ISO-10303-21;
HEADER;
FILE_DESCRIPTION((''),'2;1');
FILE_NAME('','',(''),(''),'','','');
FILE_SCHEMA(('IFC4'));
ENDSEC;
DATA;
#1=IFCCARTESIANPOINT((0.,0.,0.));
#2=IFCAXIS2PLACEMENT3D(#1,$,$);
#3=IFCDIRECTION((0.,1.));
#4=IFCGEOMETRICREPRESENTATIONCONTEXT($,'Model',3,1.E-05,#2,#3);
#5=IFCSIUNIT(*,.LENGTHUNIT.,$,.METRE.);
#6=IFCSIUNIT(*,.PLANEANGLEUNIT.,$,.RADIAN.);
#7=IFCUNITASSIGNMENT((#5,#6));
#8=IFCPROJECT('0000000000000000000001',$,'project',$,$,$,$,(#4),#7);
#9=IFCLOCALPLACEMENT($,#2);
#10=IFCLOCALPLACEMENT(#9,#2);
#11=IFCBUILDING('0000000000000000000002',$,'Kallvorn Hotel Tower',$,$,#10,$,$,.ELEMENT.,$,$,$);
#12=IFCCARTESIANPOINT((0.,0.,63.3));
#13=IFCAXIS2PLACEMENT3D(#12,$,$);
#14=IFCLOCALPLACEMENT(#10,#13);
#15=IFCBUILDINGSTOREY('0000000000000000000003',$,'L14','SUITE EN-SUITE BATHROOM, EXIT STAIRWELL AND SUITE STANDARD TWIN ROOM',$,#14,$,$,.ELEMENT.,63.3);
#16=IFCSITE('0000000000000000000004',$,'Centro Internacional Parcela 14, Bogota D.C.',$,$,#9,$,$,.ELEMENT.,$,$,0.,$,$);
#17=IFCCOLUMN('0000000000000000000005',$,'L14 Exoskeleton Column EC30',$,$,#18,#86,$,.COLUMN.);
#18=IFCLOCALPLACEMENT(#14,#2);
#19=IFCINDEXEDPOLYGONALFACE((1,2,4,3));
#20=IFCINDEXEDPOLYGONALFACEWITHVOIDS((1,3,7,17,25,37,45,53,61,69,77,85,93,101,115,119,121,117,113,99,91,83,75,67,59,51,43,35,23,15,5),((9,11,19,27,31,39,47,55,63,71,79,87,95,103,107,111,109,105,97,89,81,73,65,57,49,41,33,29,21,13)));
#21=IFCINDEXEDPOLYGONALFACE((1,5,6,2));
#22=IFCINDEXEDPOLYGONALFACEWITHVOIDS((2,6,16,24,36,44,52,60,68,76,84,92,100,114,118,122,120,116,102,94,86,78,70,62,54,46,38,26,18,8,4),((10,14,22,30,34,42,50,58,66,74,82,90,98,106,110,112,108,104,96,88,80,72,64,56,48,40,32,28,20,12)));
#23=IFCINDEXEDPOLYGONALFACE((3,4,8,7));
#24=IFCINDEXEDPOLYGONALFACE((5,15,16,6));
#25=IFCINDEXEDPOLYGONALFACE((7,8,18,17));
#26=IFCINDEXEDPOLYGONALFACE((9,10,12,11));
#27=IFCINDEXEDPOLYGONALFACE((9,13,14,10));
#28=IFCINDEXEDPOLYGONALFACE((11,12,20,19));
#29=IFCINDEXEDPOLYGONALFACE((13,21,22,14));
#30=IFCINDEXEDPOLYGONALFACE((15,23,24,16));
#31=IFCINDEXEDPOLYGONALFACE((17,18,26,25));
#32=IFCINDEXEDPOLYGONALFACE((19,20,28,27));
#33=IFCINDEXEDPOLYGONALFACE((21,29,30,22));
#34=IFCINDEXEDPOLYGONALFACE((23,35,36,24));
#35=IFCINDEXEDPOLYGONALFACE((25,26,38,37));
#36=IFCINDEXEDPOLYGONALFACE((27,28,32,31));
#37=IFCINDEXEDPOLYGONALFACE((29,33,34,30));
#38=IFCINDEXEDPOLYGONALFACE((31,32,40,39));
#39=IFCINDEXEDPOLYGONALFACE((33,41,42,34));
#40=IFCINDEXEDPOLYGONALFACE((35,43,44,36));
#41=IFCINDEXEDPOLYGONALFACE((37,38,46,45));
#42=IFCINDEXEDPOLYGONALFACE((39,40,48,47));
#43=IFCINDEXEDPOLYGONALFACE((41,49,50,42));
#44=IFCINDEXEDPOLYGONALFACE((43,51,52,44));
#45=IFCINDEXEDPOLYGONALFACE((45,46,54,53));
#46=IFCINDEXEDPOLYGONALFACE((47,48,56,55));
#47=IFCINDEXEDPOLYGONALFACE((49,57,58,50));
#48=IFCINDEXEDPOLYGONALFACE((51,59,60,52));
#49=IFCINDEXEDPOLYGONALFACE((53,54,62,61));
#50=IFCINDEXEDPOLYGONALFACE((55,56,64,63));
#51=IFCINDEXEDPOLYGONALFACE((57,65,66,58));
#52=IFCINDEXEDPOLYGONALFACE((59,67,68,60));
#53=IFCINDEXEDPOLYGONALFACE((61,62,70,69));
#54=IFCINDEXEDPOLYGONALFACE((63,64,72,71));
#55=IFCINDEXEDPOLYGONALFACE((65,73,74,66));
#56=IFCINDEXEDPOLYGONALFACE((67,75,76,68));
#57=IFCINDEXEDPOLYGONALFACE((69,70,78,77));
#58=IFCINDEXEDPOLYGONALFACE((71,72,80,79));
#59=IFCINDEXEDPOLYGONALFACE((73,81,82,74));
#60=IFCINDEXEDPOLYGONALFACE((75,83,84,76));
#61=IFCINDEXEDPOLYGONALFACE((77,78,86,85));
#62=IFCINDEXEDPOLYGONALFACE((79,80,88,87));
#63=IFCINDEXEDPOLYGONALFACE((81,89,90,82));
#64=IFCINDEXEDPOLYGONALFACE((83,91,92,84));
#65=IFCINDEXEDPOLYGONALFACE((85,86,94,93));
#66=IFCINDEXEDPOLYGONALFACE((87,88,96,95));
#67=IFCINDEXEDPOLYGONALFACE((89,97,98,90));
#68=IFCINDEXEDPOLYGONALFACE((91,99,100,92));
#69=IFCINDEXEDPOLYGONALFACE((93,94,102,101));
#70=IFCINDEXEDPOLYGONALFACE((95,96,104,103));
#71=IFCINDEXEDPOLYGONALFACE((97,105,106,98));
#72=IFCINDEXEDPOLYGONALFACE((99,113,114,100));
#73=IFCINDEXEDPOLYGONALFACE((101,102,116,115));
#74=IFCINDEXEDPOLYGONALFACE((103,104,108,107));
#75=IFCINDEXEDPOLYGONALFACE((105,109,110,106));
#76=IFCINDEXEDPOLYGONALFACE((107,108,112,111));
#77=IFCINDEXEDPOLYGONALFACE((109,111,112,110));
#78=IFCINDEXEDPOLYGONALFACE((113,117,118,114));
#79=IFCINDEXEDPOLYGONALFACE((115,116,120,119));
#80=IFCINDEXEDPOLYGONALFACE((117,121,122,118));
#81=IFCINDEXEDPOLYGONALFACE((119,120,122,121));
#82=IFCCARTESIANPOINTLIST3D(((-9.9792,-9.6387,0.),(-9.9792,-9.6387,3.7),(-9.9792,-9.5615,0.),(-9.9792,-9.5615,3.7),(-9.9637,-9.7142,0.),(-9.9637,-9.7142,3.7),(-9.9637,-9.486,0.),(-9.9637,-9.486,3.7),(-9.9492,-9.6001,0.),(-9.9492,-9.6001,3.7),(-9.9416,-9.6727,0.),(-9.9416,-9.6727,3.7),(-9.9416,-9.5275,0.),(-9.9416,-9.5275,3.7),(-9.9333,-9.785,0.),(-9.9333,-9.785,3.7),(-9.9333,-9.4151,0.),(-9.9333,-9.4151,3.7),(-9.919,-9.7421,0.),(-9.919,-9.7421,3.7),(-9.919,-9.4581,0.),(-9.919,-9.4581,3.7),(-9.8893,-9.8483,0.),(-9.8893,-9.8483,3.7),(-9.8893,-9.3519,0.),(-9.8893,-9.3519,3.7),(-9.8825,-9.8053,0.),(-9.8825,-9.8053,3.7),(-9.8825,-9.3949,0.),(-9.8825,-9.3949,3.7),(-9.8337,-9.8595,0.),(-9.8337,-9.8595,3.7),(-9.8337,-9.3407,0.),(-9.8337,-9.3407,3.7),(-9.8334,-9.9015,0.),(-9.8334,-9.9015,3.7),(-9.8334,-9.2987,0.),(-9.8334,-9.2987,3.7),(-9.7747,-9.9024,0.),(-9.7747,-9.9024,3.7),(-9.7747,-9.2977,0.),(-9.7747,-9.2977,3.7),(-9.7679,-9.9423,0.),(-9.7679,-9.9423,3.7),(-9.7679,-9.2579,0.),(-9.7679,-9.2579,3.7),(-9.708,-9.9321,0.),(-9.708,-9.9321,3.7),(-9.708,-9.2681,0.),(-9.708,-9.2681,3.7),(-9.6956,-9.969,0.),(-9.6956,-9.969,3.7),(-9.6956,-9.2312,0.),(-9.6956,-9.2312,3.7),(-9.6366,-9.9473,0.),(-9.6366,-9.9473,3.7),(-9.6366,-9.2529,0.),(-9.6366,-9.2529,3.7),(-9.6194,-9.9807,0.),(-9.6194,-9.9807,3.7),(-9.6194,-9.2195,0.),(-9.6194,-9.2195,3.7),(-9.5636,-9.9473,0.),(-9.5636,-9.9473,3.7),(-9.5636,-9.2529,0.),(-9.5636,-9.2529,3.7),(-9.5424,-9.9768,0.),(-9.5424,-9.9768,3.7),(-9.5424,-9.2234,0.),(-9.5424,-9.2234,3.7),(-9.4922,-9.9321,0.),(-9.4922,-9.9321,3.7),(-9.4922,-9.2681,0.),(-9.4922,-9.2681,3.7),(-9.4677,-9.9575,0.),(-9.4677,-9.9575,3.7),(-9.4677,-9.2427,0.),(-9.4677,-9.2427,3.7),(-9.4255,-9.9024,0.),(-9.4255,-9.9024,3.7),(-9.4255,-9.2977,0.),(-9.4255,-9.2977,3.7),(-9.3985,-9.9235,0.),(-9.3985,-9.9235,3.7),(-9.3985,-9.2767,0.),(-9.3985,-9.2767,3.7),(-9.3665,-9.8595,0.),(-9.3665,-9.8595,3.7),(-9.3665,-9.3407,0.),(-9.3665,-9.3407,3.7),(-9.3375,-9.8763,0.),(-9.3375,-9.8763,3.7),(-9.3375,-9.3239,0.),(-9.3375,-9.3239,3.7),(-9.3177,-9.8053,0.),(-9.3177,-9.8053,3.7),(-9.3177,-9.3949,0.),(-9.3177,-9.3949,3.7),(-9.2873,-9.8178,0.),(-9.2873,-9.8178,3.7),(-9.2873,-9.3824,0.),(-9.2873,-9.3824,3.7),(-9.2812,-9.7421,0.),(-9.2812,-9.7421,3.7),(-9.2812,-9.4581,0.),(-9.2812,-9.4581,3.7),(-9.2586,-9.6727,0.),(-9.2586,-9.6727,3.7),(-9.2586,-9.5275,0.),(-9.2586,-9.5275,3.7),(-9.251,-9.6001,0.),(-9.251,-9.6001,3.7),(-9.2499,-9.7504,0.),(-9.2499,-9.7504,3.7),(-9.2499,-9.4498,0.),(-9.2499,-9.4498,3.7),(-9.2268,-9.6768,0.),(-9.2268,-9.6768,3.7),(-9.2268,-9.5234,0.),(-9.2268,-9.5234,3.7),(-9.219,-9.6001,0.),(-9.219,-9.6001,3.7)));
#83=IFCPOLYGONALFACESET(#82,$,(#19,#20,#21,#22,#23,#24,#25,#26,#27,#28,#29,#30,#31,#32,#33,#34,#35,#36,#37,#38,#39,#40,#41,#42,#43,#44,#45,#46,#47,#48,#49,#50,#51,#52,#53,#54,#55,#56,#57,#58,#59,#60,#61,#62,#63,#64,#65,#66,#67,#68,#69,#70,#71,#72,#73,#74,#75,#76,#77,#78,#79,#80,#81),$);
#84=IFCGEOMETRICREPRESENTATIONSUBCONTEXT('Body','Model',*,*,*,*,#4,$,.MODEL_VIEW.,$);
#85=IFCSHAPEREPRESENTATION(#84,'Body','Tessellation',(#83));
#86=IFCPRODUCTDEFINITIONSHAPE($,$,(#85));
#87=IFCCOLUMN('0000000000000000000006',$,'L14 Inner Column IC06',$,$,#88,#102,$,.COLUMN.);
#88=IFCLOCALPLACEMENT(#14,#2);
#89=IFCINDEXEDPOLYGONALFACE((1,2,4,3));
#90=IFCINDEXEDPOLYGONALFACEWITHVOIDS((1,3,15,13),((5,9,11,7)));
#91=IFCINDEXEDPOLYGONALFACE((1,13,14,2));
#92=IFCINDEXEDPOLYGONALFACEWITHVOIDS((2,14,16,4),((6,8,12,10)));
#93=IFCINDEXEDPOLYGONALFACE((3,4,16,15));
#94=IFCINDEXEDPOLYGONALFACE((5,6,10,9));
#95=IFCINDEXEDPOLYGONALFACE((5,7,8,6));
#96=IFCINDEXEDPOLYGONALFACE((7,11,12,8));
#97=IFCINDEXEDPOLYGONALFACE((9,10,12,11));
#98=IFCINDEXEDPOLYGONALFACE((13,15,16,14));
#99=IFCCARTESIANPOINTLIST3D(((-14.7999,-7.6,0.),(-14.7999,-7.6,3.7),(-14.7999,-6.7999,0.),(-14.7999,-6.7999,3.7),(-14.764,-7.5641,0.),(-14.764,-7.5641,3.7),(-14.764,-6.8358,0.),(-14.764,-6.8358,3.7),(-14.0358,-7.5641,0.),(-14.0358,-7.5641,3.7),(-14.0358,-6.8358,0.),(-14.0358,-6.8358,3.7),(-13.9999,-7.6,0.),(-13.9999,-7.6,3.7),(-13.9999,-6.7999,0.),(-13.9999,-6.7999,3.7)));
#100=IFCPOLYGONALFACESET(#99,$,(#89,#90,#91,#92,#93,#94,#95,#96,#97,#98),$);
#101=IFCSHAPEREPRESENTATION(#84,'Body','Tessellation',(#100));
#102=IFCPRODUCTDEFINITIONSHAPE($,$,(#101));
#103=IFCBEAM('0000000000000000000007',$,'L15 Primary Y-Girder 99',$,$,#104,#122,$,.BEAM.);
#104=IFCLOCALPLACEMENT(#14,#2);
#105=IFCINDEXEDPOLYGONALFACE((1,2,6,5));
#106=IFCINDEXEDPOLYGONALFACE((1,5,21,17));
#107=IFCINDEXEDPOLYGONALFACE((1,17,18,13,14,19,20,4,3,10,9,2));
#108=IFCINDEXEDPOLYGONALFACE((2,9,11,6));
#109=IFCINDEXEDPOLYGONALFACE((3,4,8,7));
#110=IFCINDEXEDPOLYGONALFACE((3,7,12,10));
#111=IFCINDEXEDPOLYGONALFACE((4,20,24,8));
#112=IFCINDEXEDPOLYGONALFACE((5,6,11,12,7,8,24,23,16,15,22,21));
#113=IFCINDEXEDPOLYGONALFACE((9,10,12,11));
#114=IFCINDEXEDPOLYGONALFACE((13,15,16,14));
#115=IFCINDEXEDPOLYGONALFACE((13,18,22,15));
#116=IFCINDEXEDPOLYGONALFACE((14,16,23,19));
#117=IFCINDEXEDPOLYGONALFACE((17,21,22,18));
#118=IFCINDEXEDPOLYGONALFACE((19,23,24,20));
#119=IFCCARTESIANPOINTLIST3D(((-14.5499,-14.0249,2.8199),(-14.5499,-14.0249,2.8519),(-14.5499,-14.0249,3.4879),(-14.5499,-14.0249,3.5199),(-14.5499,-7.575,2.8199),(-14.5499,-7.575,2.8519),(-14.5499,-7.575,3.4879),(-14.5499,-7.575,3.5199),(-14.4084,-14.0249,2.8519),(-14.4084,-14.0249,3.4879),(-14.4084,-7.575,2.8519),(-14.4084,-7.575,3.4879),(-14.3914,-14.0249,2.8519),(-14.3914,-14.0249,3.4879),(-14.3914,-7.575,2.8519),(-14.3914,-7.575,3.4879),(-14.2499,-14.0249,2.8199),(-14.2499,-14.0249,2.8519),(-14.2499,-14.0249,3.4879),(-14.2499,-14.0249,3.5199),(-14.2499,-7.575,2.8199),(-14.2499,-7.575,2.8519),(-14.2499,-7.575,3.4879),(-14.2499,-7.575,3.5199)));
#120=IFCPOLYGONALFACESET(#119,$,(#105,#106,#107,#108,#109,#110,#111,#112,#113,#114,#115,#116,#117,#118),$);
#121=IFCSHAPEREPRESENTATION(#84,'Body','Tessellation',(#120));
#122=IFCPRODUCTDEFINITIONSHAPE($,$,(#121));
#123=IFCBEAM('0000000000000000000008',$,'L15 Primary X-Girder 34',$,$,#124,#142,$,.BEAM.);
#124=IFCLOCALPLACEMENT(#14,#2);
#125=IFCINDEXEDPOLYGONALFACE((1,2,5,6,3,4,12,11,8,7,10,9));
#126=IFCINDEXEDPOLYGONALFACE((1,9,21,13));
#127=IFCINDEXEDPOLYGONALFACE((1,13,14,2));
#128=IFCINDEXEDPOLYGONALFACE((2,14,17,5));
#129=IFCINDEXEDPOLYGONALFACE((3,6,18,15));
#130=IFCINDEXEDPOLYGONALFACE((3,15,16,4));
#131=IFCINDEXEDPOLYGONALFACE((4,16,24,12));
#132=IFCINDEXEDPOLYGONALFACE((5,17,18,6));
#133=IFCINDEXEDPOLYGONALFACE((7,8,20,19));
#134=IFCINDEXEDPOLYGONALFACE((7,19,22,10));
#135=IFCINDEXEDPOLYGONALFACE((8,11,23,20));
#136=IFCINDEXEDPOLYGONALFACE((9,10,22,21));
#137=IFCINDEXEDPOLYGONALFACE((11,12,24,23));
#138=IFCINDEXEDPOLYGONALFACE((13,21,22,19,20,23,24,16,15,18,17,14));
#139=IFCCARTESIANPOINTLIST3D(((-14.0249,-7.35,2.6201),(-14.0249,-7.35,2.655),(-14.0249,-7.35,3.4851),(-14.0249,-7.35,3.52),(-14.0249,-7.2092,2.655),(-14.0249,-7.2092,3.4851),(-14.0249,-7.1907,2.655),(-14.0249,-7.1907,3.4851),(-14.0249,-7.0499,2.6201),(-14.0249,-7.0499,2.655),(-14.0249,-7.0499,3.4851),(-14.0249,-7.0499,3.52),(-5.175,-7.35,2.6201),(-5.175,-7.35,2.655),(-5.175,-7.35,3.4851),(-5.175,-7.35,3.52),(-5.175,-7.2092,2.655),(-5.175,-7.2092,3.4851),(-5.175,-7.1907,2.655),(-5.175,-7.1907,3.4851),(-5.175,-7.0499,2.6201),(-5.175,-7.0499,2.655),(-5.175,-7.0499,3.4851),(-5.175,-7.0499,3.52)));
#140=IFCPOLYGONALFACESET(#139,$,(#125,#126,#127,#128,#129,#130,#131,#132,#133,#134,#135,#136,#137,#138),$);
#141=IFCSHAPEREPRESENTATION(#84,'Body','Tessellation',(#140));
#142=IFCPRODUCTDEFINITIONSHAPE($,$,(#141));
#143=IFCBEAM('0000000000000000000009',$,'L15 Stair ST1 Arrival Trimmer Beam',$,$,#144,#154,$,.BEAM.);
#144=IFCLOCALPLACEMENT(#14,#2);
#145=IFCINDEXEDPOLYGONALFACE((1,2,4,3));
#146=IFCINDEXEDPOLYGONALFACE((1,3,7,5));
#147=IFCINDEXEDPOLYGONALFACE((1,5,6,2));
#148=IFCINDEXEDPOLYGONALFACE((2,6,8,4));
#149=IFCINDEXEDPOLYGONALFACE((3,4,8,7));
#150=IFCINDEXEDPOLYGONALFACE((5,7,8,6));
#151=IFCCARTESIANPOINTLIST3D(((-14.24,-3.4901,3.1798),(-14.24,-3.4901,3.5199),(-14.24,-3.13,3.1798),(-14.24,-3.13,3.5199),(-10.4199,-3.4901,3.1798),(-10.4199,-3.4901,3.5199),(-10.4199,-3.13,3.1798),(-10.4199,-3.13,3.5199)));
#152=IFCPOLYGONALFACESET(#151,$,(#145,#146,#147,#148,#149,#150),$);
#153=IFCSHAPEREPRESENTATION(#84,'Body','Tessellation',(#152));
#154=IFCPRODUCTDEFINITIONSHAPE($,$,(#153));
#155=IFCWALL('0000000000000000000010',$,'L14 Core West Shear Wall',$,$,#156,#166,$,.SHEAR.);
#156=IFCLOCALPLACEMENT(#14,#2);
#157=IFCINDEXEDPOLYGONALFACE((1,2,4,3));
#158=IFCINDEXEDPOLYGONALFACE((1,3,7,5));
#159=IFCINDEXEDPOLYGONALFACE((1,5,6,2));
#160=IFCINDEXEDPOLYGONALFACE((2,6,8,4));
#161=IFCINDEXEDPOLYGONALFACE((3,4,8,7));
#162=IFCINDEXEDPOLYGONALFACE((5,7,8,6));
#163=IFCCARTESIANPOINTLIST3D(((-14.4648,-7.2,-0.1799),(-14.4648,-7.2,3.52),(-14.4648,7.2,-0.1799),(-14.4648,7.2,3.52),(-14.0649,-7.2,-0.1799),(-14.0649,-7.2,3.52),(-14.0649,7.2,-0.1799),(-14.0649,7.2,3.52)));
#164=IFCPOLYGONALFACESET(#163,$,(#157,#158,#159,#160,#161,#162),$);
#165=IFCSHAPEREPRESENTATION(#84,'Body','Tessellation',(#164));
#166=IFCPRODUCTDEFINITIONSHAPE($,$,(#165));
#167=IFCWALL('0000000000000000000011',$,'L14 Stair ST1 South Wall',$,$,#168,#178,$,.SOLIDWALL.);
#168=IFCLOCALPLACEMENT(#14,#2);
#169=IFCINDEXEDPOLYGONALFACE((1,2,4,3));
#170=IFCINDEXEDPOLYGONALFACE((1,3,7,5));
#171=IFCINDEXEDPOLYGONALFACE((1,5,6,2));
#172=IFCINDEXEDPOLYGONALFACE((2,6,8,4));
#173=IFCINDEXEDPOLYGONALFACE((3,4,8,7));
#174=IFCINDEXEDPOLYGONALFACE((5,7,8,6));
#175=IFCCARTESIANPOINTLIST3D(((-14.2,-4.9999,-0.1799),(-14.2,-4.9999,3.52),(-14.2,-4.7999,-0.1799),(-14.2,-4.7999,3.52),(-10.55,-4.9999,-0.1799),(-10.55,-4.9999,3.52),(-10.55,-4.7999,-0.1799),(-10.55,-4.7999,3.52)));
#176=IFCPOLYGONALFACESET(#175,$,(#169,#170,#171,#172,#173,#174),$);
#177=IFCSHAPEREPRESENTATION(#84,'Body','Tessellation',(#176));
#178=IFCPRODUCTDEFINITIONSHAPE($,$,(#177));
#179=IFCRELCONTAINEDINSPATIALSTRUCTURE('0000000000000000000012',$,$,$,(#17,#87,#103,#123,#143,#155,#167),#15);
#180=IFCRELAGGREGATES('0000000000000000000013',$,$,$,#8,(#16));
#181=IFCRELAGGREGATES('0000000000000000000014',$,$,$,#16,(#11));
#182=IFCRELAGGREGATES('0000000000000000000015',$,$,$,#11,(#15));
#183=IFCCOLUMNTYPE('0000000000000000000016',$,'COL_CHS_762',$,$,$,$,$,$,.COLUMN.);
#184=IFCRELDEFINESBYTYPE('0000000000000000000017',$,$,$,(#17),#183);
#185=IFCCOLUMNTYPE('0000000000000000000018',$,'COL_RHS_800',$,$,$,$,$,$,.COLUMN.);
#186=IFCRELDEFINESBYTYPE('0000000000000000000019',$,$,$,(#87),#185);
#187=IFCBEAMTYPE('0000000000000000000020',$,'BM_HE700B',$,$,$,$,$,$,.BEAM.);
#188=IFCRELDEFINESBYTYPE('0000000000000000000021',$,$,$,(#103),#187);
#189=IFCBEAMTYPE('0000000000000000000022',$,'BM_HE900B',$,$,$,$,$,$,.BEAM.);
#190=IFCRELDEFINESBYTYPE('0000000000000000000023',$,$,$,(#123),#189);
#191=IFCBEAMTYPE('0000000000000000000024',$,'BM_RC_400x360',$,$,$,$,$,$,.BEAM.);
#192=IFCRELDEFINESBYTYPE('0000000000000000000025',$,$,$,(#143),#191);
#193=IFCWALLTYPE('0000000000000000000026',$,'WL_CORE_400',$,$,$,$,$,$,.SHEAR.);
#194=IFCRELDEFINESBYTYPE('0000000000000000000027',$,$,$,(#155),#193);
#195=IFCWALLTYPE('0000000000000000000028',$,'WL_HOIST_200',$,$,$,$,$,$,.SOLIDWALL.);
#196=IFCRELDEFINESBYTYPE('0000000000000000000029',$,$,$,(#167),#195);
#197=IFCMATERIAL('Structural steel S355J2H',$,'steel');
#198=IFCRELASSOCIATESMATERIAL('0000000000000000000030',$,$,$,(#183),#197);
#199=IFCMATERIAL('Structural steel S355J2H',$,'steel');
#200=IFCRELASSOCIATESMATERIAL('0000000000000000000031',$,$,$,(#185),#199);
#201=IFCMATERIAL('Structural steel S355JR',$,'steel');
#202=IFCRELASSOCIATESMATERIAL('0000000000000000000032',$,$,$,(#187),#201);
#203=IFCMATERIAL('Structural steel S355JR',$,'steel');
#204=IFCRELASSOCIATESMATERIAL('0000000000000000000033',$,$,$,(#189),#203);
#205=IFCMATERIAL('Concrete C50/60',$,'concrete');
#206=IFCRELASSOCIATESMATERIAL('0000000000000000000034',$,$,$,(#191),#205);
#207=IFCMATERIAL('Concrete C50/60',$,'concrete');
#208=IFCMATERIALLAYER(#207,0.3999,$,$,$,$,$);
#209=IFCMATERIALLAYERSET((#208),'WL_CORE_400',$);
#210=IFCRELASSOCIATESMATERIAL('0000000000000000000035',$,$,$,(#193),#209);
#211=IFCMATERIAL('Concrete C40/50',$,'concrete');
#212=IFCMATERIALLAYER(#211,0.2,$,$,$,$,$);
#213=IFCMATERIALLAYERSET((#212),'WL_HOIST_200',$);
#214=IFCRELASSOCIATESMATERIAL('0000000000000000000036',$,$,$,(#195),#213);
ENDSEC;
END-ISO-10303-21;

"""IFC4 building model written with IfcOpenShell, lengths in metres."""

from ifc_helpers import new_model, si_unit, direction, frame, frame_2d, origin, origin_2d, place, context, subcontext, project, spatial, rectangle, hollow_rectangle, hollow_circle, i_section, extrude, material, layer, layer_set, material_profile, profile_set, type_object, element, save


model = new_model("IFC4")

# Units and contexts
model_context = context("Model", 3, precision=1e-05, world=origin(), true_north=direction((0.0, 1.0)))
body_context = subcontext(model_context, "Body", "Model", "MODEL_VIEW")
ifc_project = project(units=[si_unit("LENGTHUNIT", "METRE"), si_unit("PLANEANGLEUNIT", "RADIAN")], contexts=[model_context])

# Site, building, storey
site_placement = place(None, origin())
site = spatial("IfcSite", under=ifc_project, at=site_placement, Name="Centro Internacional Parcela 14, Bogota D.C.", CompositionType="ELEMENT", RefElevation=0.0)
building_placement = place(site_placement, origin())
building = spatial("IfcBuilding", under=site, at=building_placement, Name="Kallvorn Hotel Tower", CompositionType="ELEMENT")
storey_placement = place(building_placement, frame((0.0, 0.0, 63.3)))
storey = spatial("IfcBuildingStorey", under=building, at=storey_placement, Name="L14", Description="SUITE EN-SUITE BATHROOM, EXIT STAIRWELL AND SUITE STANDARD TWIN ROOM", CompositionType="ELEMENT", Elevation=63.3)

# Columns
ifc_material_1 = material(Name="Structural steel S355J2H", Category="steel")
ifc_material_profile_1 = material_profile(ifc_material_1, hollow_circle(Radius=0.3811, WallThickness=0.032, at=origin_2d()), Name="CHS 762x32")
ifc_profile_set_1 = profile_set([ifc_material_profile_1], Name="Structural steel S355J2H")
column_type_1 = type_object("IfcColumnType", Name="COL_CHS_762", PredefinedType="COLUMN", material=ifc_profile_set_1)
column_1_placement = place(storey_placement, frame((-9.6001, -9.6001, 0.0), z_axis=(0.0, 0.0, 1.0), x_axis=(1.0, 0.0, 0.0)))
element("IfcColumn", 1, at=column_1_placement, inside=storey, type_object=column_type_1, Name="L14 Exoskeleton Column EC30", PredefinedType="COLUMN", context=body_context, shape_type="SweptSolid", body=[
    extrude(hollow_circle(Radius=0.3811, WallThickness=0.032, at=origin_2d()), origin(), (0.0, 0.0, 1.0), 3.7),
])
ifc_material_2 = material(Name="Structural steel S355J2H", Category="steel")
ifc_material_profile_2 = material_profile(ifc_material_2, hollow_rectangle(XDim=0.8, YDim=0.8, WallThickness=0.0359, at=origin_2d()), Name="RHS 800x800x36")
ifc_profile_set_2 = profile_set([ifc_material_profile_2], Name="Structural steel S355J2H")
column_type_2 = type_object("IfcColumnType", Name="COL_RHS_800", PredefinedType="COLUMN", material=ifc_profile_set_2)
column_2_placement = place(storey_placement, frame((-14.3999, -7.2, 0.0), z_axis=(0.0, 0.0, 1.0), x_axis=(1.0, 0.0, 0.0)))
element("IfcColumn", 2, at=column_2_placement, inside=storey, type_object=column_type_2, Name="L14 Inner Column IC06", PredefinedType="COLUMN", context=body_context, shape_type="SweptSolid", body=[
    extrude(hollow_rectangle(XDim=0.8, YDim=0.8, WallThickness=0.0359, at=origin_2d()), origin(), (0.0, 0.0, 1.0), 3.7),
])

# Beams
ifc_material_3 = material(Name="Structural steel S355JR", Category="steel")
ifc_material_profile_3 = material_profile(ifc_material_3, i_section(OverallWidth=0.3, OverallDepth=0.7, WebThickness=0.0171, FlangeThickness=0.032, at=origin_2d()), Name="HE 700 B")
ifc_profile_set_3 = profile_set([ifc_material_profile_3], Name="Structural steel S355JR")
beam_type_1 = type_object("IfcBeamType", Name="BM_HE700B", PredefinedType="BEAM", material=ifc_profile_set_3)
beam_1_placement = place(storey_placement, frame((-14.3999, -14.0249, 3.1699), z_axis=(0.0, 1.0, 0.0), x_axis=(-1.0, 0.0, 0.0)))
element("IfcBeam", 3, at=beam_1_placement, inside=storey, type_object=beam_type_1, Name="L15 Primary Y-Girder 99", PredefinedType="BEAM", context=body_context, shape_type="SweptSolid", body=[
    extrude(i_section(OverallWidth=0.3, OverallDepth=0.7, WebThickness=0.0171, FlangeThickness=0.032, at=origin_2d()), origin(), (0.0, 0.0, 1.0), 6.45),
])
ifc_material_4 = material(Name="Structural steel S355JR", Category="steel")
ifc_material_profile_4 = material_profile(ifc_material_4, i_section(OverallWidth=0.3, OverallDepth=0.8999, WebThickness=0.0186, FlangeThickness=0.0349, at=origin_2d()), Name="HE 900 B")
ifc_profile_set_4 = profile_set([ifc_material_profile_4], Name="Structural steel S355JR")
beam_type_2 = type_object("IfcBeamType", Name="BM_HE900B", PredefinedType="BEAM", material=ifc_profile_set_4)
beam_2_placement = place(storey_placement, frame((-14.0249, -7.2, 3.0701), z_axis=(1.0, 0.0, 0.0), x_axis=(0.0, 1.0, 0.0)))
element("IfcBeam", 4, at=beam_2_placement, inside=storey, type_object=beam_type_2, Name="L15 Primary X-Girder 34", PredefinedType="BEAM", context=body_context, shape_type="SweptSolid", body=[
    extrude(i_section(OverallWidth=0.3, OverallDepth=0.8999, WebThickness=0.0186, FlangeThickness=0.0349, at=origin_2d()), origin(), (0.0, 0.0, 1.0), 8.8499),
])
ifc_material_5 = material(Name="Concrete C50/60", Category="concrete")
ifc_material_profile_5 = material_profile(ifc_material_5, rectangle(XDim=0.3601, YDim=0.3401, at=origin_2d()), Name="RC 360x340")
ifc_profile_set_5 = profile_set([ifc_material_profile_5], Name="Concrete C50/60")
beam_type_3 = type_object("IfcBeamType", Name="BM_RC_400x360", PredefinedType="BEAM", material=ifc_profile_set_5)
beam_3_placement = place(storey_placement, frame((-10.4199, -3.3101, 3.3499), z_axis=(-1.0, 0.0, 0.0), x_axis=(0.0, -1.0, 0.0)))
element("IfcBeam", 5, at=beam_3_placement, inside=storey, type_object=beam_type_3, Name="L15 Stair ST1 Arrival Trimmer Beam", PredefinedType="BEAM", context=body_context, shape_type="SweptSolid", body=[
    extrude(rectangle(XDim=0.3601, YDim=0.3401, at=origin_2d()), origin(), (0.0, 0.0, 1.0), 3.8201),
])

# Walls
ifc_material_6 = material(Name="Concrete C50/60", Category="concrete")
ifc_layer_1 = layer(ifc_material_6, 0.3999)
ifc_layer_set_1 = layer_set([ifc_layer_1], Name="WL_CORE_400")
wall_type_1 = type_object("IfcWallType", Name="WL_CORE_400", PredefinedType="SHEAR", material=ifc_layer_set_1)
wall_1_placement = place(storey_placement, frame((-14.2649, -7.2, -0.1799), z_axis=(0.0, 0.0, 1.0), x_axis=(0.0, 1.0, 0.0)))
element("IfcWall", 6, at=wall_1_placement, inside=storey, type_object=wall_type_1, Name="L14 Core West Shear Wall", PredefinedType="SHEAR", context=body_context, shape_type="SweptSolid", body=[
    extrude(rectangle(XDim=14.3999, YDim=0.3999, at=frame_2d((7.2, 0.0))), origin(), (0.0, 0.0, 1.0), 3.7),
])
ifc_material_7 = material(Name="Concrete C40/50", Category="concrete")
ifc_layer_2 = layer(ifc_material_7, 0.2)
ifc_layer_set_2 = layer_set([ifc_layer_2], Name="WL_HOIST_200")
wall_type_2 = type_object("IfcWallType", Name="WL_HOIST_200", PredefinedType="SOLIDWALL", material=ifc_layer_set_2)
wall_2_placement = place(storey_placement, frame((-14.2, -4.8999, -0.1799), z_axis=(0.0, 0.0, 1.0), x_axis=(1.0, 0.0, 0.0)))
element("IfcWall", 7, at=wall_2_placement, inside=storey, type_object=wall_type_2, Name="L14 Stair ST1 South Wall", PredefinedType="SOLIDWALL", context=body_context, shape_type="SweptSolid", body=[
    extrude(rectangle(XDim=3.6499, YDim=0.2, at=frame_2d((1.825, 0.0))), origin(), (0.0, 0.0, 1.0), 3.7),
])

save(model, "model.ifc")
